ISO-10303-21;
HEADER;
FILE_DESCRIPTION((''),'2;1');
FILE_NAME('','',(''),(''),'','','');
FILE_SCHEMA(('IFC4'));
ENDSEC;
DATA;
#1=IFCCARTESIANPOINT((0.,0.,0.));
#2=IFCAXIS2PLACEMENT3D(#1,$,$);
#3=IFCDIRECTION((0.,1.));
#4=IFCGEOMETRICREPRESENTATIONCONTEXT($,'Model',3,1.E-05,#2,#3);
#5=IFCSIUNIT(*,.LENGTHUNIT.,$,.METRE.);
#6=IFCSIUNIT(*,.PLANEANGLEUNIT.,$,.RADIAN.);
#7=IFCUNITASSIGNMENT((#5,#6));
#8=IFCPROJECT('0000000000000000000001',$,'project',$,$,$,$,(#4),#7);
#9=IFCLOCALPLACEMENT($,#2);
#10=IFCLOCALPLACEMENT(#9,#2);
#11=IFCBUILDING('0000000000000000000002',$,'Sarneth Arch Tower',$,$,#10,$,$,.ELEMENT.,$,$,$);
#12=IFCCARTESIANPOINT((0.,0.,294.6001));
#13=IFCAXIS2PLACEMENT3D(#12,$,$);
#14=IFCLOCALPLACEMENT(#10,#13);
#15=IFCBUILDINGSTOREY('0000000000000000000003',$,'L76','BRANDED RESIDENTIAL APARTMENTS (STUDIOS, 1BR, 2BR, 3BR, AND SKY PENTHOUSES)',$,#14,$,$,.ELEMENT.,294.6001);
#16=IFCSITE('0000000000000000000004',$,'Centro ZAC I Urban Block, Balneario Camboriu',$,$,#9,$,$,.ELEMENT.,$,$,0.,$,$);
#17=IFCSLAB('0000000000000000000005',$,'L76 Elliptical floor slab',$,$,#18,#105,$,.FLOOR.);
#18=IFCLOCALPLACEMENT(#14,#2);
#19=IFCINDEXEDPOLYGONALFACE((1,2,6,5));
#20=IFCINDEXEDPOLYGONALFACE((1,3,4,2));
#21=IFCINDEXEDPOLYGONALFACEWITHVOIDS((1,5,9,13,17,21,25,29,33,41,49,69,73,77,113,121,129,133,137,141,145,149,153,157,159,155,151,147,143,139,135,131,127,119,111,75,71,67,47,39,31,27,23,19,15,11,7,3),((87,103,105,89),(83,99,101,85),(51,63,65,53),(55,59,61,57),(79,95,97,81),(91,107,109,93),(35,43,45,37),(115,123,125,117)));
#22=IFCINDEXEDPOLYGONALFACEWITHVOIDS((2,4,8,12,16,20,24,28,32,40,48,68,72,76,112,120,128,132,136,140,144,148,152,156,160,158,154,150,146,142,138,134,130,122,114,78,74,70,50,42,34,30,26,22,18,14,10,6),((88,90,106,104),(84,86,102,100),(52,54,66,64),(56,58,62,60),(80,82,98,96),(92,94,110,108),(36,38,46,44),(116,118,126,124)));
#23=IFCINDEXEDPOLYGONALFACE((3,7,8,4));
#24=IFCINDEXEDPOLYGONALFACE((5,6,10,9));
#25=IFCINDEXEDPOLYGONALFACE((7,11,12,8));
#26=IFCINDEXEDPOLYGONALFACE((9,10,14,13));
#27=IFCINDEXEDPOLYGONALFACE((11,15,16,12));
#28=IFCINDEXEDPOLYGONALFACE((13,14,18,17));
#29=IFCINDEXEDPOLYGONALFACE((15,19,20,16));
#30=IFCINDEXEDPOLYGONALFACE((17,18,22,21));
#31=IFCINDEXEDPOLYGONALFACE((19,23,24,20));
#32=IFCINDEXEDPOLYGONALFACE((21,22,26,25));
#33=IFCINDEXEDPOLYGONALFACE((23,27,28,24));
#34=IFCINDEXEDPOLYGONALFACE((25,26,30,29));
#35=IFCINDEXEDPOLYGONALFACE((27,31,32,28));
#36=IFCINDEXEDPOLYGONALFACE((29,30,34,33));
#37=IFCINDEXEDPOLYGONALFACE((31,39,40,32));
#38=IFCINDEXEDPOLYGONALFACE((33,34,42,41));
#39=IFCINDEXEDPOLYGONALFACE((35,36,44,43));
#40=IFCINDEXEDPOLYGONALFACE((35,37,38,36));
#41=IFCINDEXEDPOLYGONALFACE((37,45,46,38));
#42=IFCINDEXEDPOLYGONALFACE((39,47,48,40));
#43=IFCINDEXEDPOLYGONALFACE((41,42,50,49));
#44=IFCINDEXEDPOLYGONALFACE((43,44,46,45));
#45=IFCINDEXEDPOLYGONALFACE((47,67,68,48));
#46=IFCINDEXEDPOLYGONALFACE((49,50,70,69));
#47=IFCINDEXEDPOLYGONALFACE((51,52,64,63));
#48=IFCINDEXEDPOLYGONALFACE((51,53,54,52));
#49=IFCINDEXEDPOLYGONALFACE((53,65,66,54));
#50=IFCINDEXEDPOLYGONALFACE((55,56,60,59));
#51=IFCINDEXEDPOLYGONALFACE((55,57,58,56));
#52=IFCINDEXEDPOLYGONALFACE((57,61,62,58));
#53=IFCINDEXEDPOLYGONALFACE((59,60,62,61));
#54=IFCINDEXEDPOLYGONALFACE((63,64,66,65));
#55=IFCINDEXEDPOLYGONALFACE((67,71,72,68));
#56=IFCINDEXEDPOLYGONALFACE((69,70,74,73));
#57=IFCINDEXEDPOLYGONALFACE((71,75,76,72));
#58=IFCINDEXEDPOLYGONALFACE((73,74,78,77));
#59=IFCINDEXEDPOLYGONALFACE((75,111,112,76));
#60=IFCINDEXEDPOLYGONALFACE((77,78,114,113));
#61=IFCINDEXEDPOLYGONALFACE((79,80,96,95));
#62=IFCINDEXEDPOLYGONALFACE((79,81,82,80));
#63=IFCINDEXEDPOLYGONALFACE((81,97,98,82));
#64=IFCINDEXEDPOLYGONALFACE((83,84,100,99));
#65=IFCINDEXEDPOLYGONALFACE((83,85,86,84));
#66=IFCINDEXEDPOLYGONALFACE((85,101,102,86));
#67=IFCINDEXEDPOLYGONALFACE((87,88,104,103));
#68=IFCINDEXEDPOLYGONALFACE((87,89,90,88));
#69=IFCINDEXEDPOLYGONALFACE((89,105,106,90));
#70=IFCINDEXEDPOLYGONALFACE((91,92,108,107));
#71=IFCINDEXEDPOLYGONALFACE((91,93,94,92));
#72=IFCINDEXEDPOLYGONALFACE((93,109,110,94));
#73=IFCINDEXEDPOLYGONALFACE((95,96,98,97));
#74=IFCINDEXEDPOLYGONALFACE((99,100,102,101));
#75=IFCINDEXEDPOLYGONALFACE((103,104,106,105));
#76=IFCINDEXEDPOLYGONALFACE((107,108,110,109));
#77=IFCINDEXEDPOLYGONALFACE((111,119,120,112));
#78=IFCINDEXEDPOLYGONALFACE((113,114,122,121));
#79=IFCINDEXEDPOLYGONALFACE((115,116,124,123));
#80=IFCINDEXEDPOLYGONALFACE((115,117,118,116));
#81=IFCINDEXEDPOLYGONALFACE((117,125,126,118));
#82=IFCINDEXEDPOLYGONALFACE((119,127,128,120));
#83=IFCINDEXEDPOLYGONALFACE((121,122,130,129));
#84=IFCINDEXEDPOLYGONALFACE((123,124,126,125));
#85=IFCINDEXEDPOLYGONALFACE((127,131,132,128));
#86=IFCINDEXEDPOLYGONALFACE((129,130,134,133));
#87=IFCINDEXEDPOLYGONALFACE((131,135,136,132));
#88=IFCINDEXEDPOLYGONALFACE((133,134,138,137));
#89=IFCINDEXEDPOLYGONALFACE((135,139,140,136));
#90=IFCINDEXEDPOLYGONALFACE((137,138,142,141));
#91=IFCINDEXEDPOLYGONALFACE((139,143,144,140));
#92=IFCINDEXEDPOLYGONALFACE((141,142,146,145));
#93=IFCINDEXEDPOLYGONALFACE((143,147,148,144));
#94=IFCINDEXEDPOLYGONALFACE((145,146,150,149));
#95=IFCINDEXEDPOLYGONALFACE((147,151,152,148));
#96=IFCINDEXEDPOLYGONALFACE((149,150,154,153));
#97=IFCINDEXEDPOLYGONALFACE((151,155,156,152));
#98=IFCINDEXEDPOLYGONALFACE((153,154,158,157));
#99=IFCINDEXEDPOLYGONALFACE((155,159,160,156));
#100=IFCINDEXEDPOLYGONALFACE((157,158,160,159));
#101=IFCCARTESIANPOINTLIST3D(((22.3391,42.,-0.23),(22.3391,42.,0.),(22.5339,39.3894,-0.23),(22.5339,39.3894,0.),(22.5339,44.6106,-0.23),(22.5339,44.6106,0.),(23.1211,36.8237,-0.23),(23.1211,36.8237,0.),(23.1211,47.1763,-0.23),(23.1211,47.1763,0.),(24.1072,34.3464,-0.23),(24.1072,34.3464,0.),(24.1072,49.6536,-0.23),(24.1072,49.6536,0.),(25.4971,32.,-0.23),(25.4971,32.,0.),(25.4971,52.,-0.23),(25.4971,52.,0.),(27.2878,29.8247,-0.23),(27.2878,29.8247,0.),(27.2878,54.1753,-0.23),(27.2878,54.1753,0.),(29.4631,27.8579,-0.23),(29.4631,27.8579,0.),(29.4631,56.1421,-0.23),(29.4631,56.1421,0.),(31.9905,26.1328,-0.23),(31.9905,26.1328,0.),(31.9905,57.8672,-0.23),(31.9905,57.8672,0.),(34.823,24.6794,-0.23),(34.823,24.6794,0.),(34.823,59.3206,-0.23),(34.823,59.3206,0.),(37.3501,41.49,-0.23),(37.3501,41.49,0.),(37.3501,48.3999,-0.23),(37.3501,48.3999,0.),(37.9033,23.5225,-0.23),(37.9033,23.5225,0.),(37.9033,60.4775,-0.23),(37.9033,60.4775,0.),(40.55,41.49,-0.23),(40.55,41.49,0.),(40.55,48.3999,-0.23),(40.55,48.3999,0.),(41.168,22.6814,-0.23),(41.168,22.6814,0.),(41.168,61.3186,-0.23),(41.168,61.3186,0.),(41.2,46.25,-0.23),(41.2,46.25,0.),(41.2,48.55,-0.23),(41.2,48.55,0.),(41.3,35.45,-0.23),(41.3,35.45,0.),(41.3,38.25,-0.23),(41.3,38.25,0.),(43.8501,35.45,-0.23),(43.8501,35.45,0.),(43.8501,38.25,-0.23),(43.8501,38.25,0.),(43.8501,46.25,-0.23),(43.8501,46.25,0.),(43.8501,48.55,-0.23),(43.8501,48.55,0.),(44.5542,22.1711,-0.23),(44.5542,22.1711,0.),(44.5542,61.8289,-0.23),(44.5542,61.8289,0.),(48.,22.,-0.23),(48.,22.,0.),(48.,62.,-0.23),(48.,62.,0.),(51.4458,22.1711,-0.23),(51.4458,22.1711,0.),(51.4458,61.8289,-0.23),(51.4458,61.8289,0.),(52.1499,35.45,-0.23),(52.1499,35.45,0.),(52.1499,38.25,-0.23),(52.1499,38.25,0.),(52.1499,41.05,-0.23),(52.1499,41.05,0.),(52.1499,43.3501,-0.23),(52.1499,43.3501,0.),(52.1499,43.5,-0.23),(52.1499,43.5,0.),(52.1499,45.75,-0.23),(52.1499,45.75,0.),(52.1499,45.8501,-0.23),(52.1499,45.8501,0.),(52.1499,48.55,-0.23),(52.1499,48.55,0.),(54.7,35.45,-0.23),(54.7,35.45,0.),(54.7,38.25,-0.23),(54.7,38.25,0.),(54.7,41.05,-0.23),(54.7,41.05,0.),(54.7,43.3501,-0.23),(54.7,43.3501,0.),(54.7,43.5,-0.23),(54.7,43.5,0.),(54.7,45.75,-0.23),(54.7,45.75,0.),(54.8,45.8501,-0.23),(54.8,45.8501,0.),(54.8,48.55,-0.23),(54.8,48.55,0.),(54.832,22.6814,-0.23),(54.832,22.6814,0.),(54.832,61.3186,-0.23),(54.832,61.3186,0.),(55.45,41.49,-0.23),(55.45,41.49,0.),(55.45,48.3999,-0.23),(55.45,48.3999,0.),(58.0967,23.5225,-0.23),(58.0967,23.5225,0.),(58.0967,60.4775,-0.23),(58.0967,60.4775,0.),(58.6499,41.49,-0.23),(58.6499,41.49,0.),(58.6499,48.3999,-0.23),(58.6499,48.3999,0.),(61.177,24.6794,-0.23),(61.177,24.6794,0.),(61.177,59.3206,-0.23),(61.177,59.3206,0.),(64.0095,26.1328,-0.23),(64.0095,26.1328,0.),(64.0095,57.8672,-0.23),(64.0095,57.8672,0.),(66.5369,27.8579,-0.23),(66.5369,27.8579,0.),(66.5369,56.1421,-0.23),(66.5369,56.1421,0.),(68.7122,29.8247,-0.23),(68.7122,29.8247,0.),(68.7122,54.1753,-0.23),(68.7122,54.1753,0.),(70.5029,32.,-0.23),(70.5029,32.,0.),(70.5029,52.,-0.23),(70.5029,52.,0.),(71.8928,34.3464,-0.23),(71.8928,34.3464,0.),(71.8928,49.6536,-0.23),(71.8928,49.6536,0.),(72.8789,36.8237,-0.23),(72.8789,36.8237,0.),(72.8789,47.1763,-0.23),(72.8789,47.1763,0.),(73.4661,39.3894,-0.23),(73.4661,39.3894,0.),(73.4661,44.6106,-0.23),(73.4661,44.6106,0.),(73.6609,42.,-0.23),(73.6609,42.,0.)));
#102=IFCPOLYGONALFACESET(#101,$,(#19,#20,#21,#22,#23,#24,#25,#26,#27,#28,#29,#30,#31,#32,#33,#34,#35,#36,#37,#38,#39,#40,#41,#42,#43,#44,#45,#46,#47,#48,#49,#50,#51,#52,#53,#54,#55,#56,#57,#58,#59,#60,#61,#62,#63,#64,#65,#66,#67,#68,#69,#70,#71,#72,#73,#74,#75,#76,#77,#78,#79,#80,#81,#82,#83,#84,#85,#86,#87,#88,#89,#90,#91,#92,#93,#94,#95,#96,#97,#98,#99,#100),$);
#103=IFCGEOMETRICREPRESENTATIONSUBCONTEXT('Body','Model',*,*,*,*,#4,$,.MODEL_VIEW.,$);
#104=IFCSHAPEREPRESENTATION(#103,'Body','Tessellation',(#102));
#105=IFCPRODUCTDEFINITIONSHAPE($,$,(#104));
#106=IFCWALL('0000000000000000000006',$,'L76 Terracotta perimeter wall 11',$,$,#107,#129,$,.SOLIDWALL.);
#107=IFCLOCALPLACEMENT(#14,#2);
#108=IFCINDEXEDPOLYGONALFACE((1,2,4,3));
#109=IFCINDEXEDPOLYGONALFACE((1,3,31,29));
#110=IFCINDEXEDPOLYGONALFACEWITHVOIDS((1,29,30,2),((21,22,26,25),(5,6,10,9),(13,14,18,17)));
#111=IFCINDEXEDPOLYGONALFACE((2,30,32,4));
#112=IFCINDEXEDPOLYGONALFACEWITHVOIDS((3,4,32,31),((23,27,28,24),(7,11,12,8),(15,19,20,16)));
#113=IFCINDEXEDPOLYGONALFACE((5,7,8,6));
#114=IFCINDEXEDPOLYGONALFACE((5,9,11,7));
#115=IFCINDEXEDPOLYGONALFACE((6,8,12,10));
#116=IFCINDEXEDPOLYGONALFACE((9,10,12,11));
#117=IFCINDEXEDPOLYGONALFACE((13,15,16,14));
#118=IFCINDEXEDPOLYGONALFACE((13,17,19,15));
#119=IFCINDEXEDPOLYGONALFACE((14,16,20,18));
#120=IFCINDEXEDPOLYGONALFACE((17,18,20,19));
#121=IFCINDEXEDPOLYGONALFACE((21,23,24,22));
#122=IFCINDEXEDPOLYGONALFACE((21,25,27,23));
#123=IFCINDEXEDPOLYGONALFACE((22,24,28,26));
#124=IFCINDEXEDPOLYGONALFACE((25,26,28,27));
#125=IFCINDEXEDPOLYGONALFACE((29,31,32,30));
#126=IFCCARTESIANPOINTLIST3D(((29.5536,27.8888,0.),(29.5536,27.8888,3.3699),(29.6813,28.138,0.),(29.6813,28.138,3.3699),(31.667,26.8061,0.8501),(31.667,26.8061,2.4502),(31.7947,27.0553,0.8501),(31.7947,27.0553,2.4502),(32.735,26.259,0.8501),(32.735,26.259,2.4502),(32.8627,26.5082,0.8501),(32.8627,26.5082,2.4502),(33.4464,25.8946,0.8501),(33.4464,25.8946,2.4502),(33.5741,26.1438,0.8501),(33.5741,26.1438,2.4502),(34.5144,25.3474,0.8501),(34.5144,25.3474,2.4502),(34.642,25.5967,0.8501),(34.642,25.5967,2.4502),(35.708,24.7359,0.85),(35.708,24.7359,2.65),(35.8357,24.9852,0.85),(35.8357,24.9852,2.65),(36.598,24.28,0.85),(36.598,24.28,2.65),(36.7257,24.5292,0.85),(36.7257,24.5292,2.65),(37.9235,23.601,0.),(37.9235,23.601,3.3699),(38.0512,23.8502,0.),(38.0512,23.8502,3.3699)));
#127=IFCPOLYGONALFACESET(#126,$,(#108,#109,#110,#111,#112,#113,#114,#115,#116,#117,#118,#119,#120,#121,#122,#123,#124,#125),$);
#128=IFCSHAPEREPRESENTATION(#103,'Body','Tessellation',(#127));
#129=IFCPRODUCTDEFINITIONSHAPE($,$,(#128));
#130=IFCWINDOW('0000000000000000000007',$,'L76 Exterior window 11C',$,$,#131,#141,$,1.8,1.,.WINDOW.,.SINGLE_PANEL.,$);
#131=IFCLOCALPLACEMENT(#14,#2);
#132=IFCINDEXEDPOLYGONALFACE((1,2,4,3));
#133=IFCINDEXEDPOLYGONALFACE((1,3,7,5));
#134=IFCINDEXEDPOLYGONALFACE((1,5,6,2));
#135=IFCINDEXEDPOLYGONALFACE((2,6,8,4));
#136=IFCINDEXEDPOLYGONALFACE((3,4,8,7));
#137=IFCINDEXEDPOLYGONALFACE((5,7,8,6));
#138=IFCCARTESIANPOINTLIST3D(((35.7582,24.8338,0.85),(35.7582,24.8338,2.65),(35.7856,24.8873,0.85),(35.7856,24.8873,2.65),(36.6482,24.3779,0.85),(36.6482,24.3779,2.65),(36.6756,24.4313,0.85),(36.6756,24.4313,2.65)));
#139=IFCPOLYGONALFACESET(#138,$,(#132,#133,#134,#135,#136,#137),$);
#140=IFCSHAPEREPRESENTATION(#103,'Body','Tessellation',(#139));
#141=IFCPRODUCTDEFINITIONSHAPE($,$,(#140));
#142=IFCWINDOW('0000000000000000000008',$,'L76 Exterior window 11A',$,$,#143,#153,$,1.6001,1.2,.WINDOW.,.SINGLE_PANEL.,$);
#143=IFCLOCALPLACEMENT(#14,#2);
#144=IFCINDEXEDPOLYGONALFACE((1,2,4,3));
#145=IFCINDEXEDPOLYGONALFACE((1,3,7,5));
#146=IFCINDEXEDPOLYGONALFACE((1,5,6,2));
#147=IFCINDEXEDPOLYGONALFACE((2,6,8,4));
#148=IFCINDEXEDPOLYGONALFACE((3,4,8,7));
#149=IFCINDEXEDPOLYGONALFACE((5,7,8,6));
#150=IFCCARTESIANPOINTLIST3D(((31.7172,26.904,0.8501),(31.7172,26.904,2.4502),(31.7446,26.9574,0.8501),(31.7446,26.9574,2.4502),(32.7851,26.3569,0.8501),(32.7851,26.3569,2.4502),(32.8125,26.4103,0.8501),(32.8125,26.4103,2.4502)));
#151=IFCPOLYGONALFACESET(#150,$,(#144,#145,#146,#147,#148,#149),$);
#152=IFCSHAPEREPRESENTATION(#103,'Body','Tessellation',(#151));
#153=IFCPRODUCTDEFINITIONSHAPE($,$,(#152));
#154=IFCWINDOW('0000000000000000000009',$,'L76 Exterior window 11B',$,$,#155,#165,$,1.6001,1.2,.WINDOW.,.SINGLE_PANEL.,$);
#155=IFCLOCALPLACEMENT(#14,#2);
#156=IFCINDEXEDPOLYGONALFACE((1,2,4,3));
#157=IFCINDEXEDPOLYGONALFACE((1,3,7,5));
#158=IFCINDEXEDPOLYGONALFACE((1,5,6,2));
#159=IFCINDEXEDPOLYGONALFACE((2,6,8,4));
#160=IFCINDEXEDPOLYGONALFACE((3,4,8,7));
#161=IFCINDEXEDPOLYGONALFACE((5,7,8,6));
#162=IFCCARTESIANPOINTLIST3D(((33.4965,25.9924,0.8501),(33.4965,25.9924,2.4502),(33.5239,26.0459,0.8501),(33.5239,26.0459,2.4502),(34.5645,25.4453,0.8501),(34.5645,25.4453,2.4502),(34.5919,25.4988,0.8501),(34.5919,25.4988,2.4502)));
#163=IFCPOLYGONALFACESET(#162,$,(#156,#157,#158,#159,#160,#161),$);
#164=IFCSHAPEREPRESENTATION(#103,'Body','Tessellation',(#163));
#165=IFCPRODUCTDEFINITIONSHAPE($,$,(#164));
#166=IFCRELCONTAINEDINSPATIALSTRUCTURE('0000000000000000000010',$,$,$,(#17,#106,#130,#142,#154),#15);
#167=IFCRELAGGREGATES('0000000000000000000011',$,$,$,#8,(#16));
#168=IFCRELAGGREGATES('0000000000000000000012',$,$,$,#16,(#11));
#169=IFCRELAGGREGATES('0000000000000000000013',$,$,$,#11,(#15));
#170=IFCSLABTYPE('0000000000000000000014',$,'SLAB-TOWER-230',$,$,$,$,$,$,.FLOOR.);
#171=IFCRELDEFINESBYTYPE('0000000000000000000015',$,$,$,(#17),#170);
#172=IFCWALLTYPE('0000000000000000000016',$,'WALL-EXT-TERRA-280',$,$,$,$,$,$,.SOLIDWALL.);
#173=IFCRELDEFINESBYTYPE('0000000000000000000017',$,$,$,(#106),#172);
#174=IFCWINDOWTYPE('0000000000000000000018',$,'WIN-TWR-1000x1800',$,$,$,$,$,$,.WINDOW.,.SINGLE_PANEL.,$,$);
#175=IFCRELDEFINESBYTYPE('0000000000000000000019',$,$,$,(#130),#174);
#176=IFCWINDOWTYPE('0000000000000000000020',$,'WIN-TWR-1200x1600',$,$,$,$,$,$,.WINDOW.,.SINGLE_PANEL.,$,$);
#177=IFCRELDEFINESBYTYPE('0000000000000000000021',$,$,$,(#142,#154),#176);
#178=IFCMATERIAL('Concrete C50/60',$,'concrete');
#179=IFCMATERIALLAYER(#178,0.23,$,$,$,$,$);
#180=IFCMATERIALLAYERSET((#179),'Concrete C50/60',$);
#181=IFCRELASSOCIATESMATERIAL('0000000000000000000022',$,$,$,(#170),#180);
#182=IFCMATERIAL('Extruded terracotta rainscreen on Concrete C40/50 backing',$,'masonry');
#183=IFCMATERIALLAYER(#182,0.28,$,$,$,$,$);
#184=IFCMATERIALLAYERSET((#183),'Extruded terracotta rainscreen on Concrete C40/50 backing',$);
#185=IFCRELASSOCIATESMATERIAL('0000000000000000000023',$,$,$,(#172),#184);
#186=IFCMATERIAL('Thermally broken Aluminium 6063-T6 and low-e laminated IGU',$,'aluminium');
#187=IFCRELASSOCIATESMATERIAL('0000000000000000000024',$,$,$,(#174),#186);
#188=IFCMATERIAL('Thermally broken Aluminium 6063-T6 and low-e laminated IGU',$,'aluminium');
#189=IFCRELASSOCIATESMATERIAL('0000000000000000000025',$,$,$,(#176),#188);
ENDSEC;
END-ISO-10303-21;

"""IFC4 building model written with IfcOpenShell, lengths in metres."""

from ifc_helpers import new_model, si_unit, direction, frame, frame_2d, origin, place, context, subcontext, project, spatial, polyline, rectangle, outline, extrude, material, layer, layer_set, type_object, element, fill, save


model = new_model("IFC4")

# Units and contexts
model_context = context("Model", 3, precision=1e-05, world=origin(), true_north=direction((0.0, 1.0)))
body_context = subcontext(model_context, "Body", "Model", "MODEL_VIEW")
ifc_project = project(units=[si_unit("LENGTHUNIT", "METRE"), si_unit("PLANEANGLEUNIT", "RADIAN")], contexts=[model_context])

# Site, building, storey
site_placement = place(None, origin())
site = spatial("IfcSite", under=ifc_project, at=site_placement, Name="Centro ZAC I Urban Block, Balneario Camboriu", CompositionType="ELEMENT", RefElevation=0.0)
building_placement = place(site_placement, origin())
building = spatial("IfcBuilding", under=site, at=building_placement, Name="Sarneth Arch Tower", CompositionType="ELEMENT")
storey_placement = place(building_placement, frame((0.0, 0.0, 294.6001)))
storey = spatial("IfcBuildingStorey", under=building, at=storey_placement, Name="L76", Description="BRANDED RESIDENTIAL APARTMENTS (STUDIOS, 1BR, 2BR, 3BR, AND SKY PENTHOUSES)", CompositionType="ELEMENT", Elevation=294.6001)

# Slab
ifc_material_1 = material(Name="Concrete C50/60", Category="concrete")
ifc_layer_1 = layer(ifc_material_1, 0.23)
ifc_layer_set_1 = layer_set([ifc_layer_1], Name="Concrete C50/60")
slab_type_1 = type_object("IfcSlabType", Name="SLAB-TOWER-230", PredefinedType="FLOOR", material=ifc_layer_set_1)
slab_1_placement = place(storey_placement, frame((0.0, 0.0, -0.23)))
element("IfcSlab", 1, at=slab_1_placement, inside=storey, type_object=slab_type_1, Name="L76 Elliptical floor slab", PredefinedType="FLOOR", context=body_context, shape_type="SweptSolid", body=[
    extrude(outline(polyline([(73.6609, 42.0), (73.4661, 44.6106), (72.8789, 47.1763), (71.8928, 49.6536), (70.5029, 52.0), (68.7122, 54.1753), (66.5369, 56.1421), (64.0095, 57.8672), (61.177, 59.3206), (58.0967, 60.4775), (54.832, 61.3186), (51.4458, 61.8289), (48.0, 62.0), (44.5542, 61.8289), (41.168, 61.3186), (37.9033, 60.4775), (34.823, 59.3206), (31.9905, 57.8672), (29.4631, 56.1421), (27.2878, 54.1753), (25.4971, 52.0), (24.1072, 49.6536), (23.1211, 47.1763), (22.5339, 44.6106), (22.3391, 42.0), (22.5339, 39.3894), (23.1211, 36.8237), (24.1072, 34.3464), (25.4971, 32.0), (27.2878, 29.8247), (29.4631, 27.8579), (31.9905, 26.1328), (34.823, 24.6794), (37.9033, 23.5225), (41.168, 22.6814), (44.5542, 22.1711), (48.0, 22.0), (51.4458, 22.1711), (54.832, 22.6814), (58.0967, 23.5225), (61.177, 24.6794), (64.0095, 26.1328), (66.5369, 27.8579), (68.7122, 29.8247), (70.5029, 32.0), (71.8928, 34.3464), (72.8789, 36.8237), (73.4661, 39.3894), (73.6609, 42.0)]), holes=[polyline([(37.3501, 41.49), (40.55, 41.49), (40.55, 48.3999), (37.3501, 48.3999), (37.3501, 41.49)]), polyline([(55.45, 41.49), (58.6499, 41.49), (58.6499, 48.3999), (55.45, 48.3999), (55.45, 41.49)]), polyline([(41.2, 46.25), (43.8501, 46.25), (43.8501, 48.55), (41.2, 48.55), (41.2, 46.25)]), polyline([(41.3, 35.45), (43.8501, 35.45), (43.8501, 38.25), (41.3, 38.25), (41.3, 35.45)]), polyline([(52.1499, 35.45), (54.7, 35.45), (54.7, 38.25), (52.1499, 38.25), (52.1499, 35.45)]), polyline([(52.1499, 45.8501), (54.8, 45.8501), (54.8, 48.55), (52.1499, 48.55), (52.1499, 45.8501)]), polyline([(52.1499, 41.05), (54.7, 41.05), (54.7, 43.3501), (52.1499, 43.3501), (52.1499, 41.05)]), polyline([(52.1499, 43.5), (54.7, 43.5), (54.7, 45.75), (52.1499, 45.75), (52.1499, 43.5)])]), origin(), (0.0, 0.0, 1.0), 0.23),
])

# Wall, openings, windows
ifc_material_2 = material(Name="Extruded terracotta rainscreen on Concrete C40/50 backing", Category="masonry")
ifc_layer_2 = layer(ifc_material_2, 0.28)
ifc_layer_set_2 = layer_set([ifc_layer_2], Name="Extruded terracotta rainscreen on Concrete C40/50 backing")
wall_type = type_object("IfcWallType", Name="WALL-EXT-TERRA-280", PredefinedType="SOLIDWALL", material=ifc_layer_set_2)
wall_placement = place(storey_placement, frame((29.6174, 28.0134, 0.0), z_axis=(0.0, 0.0, 1.0), x_axis=(0.890007, -0.455946, 0.0)))
wall = element("IfcWall", 2, at=wall_placement, inside=storey, type_object=wall_type, Name="L76 Terracotta perimeter wall 11", PredefinedType="SOLIDWALL", context=body_context, shape_type="SweptSolid", body=[
    extrude(rectangle(XDim=9.4043, YDim=0.28, at=frame_2d((4.7021, 0.0))), origin(), (0.0, 0.0, 1.0), 3.3699),
])
opening_1_placement = place(wall_placement, frame((2.3745, 0.0, 0.8501)))
opening_1 = element("IfcOpeningElement", 3, at=opening_1_placement, cuts=wall, PredefinedType="OPENING", context=body_context, shape_type="SweptSolid", body=[
    extrude(rectangle(XDim=1.2, YDim=1.6001, at=frame_2d((0.6001, 0.8))), frame((0.0, 0.1499, 0.0), z_axis=(0.0, -1.0, 0.0), x_axis=(1.0, 0.0, 0.0)), (0.0, 0.0, 1.0), 0.3),
])
opening_2_placement = place(wall_placement, frame((4.3738, 0.0, 0.8501)))
opening_2 = element("IfcOpeningElement", 4, at=opening_2_placement, cuts=wall, PredefinedType="OPENING", context=body_context, shape_type="SweptSolid", body=[
    extrude(rectangle(XDim=1.2, YDim=1.6001, at=frame_2d((0.6001, 0.8))), frame((0.0, 0.1499, 0.0), z_axis=(0.0, -1.0, 0.0), x_axis=(1.0, 0.0, 0.0)), (0.0, 0.0, 1.0), 0.3),
])
opening_3_placement = place(wall_placement, frame((6.915, 0.0, 0.8501)))
opening_3 = element("IfcOpeningElement", 5, at=opening_3_placement, cuts=wall, PredefinedType="OPENING", context=body_context, shape_type="SweptSolid", body=[
    extrude(rectangle(XDim=1.0, YDim=1.8, at=frame_2d((0.5, 0.8999))), frame((0.0, 0.1499, 0.0), z_axis=(0.0, -1.0, 0.0), x_axis=(1.0, 0.0, 0.0)), (0.0, 0.0, 1.0), 0.3),
])
ifc_material_3 = material(Name="Thermally broken Aluminium 6063-T6 and low-e laminated IGU", Category="aluminium")
window_type_1 = type_object("IfcWindowType", Name="WIN-TWR-1000x1800", PartitioningType="SINGLE_PANEL", PredefinedType="WINDOW", material=ifc_material_3)
window_1_placement = place(opening_3_placement, origin())
window_1 = element("IfcWindow", 6, at=window_1_placement, inside=storey, type_object=window_type_1, Name="L76 Exterior window 11C", OverallHeight=1.8, OverallWidth=1.0, PartitioningType="SINGLE_PANEL", PredefinedType="WINDOW", context=body_context, shape_type="SweptSolid", body=[
    extrude(rectangle(XDim=1.0, YDim=1.8, at=frame_2d((0.5, 0.8999))), frame((0.0, 0.03, 0.0), z_axis=(0.0, -1.0, 0.0), x_axis=(1.0, 0.0, 0.0)), (0.0, 0.0, 1.0), 0.0601),
])
fill(opening_3, window_1)
ifc_material_4 = material(Name="Thermally broken Aluminium 6063-T6 and low-e laminated IGU", Category="aluminium")
window_type_2 = type_object("IfcWindowType", Name="WIN-TWR-1200x1600", PartitioningType="SINGLE_PANEL", PredefinedType="WINDOW", material=ifc_material_4)
window_2_placement = place(opening_1_placement, origin())
window_2 = element("IfcWindow", 7, at=window_2_placement, inside=storey, type_object=window_type_2, Name="L76 Exterior window 11A", OverallHeight=1.6001, OverallWidth=1.2, PartitioningType="SINGLE_PANEL", PredefinedType="WINDOW", context=body_context, shape_type="SweptSolid", body=[
    extrude(rectangle(XDim=1.2, YDim=1.6001, at=frame_2d((0.6001, 0.8))), frame((0.0, 0.03, 0.0), z_axis=(0.0, -1.0, 0.0), x_axis=(1.0, 0.0, 0.0)), (0.0, 0.0, 1.0), 0.0601),
])
fill(opening_1, window_2)
window_3_placement = place(opening_2_placement, origin())
window_3 = element("IfcWindow", 8, at=window_3_placement, inside=storey, type_object=window_type_2, Name="L76 Exterior window 11B", OverallHeight=1.6001, OverallWidth=1.2, PartitioningType="SINGLE_PANEL", PredefinedType="WINDOW", context=body_context, shape_type="SweptSolid", body=[
    extrude(rectangle(XDim=1.2, YDim=1.6001, at=frame_2d((0.6001, 0.8))), frame((0.0, 0.03, 0.0), z_axis=(0.0, -1.0, 0.0), x_axis=(1.0, 0.0, 0.0)), (0.0, 0.0, 1.0), 0.0601),
])
fill(opening_2, window_3)

save(model, "model.ifc")
